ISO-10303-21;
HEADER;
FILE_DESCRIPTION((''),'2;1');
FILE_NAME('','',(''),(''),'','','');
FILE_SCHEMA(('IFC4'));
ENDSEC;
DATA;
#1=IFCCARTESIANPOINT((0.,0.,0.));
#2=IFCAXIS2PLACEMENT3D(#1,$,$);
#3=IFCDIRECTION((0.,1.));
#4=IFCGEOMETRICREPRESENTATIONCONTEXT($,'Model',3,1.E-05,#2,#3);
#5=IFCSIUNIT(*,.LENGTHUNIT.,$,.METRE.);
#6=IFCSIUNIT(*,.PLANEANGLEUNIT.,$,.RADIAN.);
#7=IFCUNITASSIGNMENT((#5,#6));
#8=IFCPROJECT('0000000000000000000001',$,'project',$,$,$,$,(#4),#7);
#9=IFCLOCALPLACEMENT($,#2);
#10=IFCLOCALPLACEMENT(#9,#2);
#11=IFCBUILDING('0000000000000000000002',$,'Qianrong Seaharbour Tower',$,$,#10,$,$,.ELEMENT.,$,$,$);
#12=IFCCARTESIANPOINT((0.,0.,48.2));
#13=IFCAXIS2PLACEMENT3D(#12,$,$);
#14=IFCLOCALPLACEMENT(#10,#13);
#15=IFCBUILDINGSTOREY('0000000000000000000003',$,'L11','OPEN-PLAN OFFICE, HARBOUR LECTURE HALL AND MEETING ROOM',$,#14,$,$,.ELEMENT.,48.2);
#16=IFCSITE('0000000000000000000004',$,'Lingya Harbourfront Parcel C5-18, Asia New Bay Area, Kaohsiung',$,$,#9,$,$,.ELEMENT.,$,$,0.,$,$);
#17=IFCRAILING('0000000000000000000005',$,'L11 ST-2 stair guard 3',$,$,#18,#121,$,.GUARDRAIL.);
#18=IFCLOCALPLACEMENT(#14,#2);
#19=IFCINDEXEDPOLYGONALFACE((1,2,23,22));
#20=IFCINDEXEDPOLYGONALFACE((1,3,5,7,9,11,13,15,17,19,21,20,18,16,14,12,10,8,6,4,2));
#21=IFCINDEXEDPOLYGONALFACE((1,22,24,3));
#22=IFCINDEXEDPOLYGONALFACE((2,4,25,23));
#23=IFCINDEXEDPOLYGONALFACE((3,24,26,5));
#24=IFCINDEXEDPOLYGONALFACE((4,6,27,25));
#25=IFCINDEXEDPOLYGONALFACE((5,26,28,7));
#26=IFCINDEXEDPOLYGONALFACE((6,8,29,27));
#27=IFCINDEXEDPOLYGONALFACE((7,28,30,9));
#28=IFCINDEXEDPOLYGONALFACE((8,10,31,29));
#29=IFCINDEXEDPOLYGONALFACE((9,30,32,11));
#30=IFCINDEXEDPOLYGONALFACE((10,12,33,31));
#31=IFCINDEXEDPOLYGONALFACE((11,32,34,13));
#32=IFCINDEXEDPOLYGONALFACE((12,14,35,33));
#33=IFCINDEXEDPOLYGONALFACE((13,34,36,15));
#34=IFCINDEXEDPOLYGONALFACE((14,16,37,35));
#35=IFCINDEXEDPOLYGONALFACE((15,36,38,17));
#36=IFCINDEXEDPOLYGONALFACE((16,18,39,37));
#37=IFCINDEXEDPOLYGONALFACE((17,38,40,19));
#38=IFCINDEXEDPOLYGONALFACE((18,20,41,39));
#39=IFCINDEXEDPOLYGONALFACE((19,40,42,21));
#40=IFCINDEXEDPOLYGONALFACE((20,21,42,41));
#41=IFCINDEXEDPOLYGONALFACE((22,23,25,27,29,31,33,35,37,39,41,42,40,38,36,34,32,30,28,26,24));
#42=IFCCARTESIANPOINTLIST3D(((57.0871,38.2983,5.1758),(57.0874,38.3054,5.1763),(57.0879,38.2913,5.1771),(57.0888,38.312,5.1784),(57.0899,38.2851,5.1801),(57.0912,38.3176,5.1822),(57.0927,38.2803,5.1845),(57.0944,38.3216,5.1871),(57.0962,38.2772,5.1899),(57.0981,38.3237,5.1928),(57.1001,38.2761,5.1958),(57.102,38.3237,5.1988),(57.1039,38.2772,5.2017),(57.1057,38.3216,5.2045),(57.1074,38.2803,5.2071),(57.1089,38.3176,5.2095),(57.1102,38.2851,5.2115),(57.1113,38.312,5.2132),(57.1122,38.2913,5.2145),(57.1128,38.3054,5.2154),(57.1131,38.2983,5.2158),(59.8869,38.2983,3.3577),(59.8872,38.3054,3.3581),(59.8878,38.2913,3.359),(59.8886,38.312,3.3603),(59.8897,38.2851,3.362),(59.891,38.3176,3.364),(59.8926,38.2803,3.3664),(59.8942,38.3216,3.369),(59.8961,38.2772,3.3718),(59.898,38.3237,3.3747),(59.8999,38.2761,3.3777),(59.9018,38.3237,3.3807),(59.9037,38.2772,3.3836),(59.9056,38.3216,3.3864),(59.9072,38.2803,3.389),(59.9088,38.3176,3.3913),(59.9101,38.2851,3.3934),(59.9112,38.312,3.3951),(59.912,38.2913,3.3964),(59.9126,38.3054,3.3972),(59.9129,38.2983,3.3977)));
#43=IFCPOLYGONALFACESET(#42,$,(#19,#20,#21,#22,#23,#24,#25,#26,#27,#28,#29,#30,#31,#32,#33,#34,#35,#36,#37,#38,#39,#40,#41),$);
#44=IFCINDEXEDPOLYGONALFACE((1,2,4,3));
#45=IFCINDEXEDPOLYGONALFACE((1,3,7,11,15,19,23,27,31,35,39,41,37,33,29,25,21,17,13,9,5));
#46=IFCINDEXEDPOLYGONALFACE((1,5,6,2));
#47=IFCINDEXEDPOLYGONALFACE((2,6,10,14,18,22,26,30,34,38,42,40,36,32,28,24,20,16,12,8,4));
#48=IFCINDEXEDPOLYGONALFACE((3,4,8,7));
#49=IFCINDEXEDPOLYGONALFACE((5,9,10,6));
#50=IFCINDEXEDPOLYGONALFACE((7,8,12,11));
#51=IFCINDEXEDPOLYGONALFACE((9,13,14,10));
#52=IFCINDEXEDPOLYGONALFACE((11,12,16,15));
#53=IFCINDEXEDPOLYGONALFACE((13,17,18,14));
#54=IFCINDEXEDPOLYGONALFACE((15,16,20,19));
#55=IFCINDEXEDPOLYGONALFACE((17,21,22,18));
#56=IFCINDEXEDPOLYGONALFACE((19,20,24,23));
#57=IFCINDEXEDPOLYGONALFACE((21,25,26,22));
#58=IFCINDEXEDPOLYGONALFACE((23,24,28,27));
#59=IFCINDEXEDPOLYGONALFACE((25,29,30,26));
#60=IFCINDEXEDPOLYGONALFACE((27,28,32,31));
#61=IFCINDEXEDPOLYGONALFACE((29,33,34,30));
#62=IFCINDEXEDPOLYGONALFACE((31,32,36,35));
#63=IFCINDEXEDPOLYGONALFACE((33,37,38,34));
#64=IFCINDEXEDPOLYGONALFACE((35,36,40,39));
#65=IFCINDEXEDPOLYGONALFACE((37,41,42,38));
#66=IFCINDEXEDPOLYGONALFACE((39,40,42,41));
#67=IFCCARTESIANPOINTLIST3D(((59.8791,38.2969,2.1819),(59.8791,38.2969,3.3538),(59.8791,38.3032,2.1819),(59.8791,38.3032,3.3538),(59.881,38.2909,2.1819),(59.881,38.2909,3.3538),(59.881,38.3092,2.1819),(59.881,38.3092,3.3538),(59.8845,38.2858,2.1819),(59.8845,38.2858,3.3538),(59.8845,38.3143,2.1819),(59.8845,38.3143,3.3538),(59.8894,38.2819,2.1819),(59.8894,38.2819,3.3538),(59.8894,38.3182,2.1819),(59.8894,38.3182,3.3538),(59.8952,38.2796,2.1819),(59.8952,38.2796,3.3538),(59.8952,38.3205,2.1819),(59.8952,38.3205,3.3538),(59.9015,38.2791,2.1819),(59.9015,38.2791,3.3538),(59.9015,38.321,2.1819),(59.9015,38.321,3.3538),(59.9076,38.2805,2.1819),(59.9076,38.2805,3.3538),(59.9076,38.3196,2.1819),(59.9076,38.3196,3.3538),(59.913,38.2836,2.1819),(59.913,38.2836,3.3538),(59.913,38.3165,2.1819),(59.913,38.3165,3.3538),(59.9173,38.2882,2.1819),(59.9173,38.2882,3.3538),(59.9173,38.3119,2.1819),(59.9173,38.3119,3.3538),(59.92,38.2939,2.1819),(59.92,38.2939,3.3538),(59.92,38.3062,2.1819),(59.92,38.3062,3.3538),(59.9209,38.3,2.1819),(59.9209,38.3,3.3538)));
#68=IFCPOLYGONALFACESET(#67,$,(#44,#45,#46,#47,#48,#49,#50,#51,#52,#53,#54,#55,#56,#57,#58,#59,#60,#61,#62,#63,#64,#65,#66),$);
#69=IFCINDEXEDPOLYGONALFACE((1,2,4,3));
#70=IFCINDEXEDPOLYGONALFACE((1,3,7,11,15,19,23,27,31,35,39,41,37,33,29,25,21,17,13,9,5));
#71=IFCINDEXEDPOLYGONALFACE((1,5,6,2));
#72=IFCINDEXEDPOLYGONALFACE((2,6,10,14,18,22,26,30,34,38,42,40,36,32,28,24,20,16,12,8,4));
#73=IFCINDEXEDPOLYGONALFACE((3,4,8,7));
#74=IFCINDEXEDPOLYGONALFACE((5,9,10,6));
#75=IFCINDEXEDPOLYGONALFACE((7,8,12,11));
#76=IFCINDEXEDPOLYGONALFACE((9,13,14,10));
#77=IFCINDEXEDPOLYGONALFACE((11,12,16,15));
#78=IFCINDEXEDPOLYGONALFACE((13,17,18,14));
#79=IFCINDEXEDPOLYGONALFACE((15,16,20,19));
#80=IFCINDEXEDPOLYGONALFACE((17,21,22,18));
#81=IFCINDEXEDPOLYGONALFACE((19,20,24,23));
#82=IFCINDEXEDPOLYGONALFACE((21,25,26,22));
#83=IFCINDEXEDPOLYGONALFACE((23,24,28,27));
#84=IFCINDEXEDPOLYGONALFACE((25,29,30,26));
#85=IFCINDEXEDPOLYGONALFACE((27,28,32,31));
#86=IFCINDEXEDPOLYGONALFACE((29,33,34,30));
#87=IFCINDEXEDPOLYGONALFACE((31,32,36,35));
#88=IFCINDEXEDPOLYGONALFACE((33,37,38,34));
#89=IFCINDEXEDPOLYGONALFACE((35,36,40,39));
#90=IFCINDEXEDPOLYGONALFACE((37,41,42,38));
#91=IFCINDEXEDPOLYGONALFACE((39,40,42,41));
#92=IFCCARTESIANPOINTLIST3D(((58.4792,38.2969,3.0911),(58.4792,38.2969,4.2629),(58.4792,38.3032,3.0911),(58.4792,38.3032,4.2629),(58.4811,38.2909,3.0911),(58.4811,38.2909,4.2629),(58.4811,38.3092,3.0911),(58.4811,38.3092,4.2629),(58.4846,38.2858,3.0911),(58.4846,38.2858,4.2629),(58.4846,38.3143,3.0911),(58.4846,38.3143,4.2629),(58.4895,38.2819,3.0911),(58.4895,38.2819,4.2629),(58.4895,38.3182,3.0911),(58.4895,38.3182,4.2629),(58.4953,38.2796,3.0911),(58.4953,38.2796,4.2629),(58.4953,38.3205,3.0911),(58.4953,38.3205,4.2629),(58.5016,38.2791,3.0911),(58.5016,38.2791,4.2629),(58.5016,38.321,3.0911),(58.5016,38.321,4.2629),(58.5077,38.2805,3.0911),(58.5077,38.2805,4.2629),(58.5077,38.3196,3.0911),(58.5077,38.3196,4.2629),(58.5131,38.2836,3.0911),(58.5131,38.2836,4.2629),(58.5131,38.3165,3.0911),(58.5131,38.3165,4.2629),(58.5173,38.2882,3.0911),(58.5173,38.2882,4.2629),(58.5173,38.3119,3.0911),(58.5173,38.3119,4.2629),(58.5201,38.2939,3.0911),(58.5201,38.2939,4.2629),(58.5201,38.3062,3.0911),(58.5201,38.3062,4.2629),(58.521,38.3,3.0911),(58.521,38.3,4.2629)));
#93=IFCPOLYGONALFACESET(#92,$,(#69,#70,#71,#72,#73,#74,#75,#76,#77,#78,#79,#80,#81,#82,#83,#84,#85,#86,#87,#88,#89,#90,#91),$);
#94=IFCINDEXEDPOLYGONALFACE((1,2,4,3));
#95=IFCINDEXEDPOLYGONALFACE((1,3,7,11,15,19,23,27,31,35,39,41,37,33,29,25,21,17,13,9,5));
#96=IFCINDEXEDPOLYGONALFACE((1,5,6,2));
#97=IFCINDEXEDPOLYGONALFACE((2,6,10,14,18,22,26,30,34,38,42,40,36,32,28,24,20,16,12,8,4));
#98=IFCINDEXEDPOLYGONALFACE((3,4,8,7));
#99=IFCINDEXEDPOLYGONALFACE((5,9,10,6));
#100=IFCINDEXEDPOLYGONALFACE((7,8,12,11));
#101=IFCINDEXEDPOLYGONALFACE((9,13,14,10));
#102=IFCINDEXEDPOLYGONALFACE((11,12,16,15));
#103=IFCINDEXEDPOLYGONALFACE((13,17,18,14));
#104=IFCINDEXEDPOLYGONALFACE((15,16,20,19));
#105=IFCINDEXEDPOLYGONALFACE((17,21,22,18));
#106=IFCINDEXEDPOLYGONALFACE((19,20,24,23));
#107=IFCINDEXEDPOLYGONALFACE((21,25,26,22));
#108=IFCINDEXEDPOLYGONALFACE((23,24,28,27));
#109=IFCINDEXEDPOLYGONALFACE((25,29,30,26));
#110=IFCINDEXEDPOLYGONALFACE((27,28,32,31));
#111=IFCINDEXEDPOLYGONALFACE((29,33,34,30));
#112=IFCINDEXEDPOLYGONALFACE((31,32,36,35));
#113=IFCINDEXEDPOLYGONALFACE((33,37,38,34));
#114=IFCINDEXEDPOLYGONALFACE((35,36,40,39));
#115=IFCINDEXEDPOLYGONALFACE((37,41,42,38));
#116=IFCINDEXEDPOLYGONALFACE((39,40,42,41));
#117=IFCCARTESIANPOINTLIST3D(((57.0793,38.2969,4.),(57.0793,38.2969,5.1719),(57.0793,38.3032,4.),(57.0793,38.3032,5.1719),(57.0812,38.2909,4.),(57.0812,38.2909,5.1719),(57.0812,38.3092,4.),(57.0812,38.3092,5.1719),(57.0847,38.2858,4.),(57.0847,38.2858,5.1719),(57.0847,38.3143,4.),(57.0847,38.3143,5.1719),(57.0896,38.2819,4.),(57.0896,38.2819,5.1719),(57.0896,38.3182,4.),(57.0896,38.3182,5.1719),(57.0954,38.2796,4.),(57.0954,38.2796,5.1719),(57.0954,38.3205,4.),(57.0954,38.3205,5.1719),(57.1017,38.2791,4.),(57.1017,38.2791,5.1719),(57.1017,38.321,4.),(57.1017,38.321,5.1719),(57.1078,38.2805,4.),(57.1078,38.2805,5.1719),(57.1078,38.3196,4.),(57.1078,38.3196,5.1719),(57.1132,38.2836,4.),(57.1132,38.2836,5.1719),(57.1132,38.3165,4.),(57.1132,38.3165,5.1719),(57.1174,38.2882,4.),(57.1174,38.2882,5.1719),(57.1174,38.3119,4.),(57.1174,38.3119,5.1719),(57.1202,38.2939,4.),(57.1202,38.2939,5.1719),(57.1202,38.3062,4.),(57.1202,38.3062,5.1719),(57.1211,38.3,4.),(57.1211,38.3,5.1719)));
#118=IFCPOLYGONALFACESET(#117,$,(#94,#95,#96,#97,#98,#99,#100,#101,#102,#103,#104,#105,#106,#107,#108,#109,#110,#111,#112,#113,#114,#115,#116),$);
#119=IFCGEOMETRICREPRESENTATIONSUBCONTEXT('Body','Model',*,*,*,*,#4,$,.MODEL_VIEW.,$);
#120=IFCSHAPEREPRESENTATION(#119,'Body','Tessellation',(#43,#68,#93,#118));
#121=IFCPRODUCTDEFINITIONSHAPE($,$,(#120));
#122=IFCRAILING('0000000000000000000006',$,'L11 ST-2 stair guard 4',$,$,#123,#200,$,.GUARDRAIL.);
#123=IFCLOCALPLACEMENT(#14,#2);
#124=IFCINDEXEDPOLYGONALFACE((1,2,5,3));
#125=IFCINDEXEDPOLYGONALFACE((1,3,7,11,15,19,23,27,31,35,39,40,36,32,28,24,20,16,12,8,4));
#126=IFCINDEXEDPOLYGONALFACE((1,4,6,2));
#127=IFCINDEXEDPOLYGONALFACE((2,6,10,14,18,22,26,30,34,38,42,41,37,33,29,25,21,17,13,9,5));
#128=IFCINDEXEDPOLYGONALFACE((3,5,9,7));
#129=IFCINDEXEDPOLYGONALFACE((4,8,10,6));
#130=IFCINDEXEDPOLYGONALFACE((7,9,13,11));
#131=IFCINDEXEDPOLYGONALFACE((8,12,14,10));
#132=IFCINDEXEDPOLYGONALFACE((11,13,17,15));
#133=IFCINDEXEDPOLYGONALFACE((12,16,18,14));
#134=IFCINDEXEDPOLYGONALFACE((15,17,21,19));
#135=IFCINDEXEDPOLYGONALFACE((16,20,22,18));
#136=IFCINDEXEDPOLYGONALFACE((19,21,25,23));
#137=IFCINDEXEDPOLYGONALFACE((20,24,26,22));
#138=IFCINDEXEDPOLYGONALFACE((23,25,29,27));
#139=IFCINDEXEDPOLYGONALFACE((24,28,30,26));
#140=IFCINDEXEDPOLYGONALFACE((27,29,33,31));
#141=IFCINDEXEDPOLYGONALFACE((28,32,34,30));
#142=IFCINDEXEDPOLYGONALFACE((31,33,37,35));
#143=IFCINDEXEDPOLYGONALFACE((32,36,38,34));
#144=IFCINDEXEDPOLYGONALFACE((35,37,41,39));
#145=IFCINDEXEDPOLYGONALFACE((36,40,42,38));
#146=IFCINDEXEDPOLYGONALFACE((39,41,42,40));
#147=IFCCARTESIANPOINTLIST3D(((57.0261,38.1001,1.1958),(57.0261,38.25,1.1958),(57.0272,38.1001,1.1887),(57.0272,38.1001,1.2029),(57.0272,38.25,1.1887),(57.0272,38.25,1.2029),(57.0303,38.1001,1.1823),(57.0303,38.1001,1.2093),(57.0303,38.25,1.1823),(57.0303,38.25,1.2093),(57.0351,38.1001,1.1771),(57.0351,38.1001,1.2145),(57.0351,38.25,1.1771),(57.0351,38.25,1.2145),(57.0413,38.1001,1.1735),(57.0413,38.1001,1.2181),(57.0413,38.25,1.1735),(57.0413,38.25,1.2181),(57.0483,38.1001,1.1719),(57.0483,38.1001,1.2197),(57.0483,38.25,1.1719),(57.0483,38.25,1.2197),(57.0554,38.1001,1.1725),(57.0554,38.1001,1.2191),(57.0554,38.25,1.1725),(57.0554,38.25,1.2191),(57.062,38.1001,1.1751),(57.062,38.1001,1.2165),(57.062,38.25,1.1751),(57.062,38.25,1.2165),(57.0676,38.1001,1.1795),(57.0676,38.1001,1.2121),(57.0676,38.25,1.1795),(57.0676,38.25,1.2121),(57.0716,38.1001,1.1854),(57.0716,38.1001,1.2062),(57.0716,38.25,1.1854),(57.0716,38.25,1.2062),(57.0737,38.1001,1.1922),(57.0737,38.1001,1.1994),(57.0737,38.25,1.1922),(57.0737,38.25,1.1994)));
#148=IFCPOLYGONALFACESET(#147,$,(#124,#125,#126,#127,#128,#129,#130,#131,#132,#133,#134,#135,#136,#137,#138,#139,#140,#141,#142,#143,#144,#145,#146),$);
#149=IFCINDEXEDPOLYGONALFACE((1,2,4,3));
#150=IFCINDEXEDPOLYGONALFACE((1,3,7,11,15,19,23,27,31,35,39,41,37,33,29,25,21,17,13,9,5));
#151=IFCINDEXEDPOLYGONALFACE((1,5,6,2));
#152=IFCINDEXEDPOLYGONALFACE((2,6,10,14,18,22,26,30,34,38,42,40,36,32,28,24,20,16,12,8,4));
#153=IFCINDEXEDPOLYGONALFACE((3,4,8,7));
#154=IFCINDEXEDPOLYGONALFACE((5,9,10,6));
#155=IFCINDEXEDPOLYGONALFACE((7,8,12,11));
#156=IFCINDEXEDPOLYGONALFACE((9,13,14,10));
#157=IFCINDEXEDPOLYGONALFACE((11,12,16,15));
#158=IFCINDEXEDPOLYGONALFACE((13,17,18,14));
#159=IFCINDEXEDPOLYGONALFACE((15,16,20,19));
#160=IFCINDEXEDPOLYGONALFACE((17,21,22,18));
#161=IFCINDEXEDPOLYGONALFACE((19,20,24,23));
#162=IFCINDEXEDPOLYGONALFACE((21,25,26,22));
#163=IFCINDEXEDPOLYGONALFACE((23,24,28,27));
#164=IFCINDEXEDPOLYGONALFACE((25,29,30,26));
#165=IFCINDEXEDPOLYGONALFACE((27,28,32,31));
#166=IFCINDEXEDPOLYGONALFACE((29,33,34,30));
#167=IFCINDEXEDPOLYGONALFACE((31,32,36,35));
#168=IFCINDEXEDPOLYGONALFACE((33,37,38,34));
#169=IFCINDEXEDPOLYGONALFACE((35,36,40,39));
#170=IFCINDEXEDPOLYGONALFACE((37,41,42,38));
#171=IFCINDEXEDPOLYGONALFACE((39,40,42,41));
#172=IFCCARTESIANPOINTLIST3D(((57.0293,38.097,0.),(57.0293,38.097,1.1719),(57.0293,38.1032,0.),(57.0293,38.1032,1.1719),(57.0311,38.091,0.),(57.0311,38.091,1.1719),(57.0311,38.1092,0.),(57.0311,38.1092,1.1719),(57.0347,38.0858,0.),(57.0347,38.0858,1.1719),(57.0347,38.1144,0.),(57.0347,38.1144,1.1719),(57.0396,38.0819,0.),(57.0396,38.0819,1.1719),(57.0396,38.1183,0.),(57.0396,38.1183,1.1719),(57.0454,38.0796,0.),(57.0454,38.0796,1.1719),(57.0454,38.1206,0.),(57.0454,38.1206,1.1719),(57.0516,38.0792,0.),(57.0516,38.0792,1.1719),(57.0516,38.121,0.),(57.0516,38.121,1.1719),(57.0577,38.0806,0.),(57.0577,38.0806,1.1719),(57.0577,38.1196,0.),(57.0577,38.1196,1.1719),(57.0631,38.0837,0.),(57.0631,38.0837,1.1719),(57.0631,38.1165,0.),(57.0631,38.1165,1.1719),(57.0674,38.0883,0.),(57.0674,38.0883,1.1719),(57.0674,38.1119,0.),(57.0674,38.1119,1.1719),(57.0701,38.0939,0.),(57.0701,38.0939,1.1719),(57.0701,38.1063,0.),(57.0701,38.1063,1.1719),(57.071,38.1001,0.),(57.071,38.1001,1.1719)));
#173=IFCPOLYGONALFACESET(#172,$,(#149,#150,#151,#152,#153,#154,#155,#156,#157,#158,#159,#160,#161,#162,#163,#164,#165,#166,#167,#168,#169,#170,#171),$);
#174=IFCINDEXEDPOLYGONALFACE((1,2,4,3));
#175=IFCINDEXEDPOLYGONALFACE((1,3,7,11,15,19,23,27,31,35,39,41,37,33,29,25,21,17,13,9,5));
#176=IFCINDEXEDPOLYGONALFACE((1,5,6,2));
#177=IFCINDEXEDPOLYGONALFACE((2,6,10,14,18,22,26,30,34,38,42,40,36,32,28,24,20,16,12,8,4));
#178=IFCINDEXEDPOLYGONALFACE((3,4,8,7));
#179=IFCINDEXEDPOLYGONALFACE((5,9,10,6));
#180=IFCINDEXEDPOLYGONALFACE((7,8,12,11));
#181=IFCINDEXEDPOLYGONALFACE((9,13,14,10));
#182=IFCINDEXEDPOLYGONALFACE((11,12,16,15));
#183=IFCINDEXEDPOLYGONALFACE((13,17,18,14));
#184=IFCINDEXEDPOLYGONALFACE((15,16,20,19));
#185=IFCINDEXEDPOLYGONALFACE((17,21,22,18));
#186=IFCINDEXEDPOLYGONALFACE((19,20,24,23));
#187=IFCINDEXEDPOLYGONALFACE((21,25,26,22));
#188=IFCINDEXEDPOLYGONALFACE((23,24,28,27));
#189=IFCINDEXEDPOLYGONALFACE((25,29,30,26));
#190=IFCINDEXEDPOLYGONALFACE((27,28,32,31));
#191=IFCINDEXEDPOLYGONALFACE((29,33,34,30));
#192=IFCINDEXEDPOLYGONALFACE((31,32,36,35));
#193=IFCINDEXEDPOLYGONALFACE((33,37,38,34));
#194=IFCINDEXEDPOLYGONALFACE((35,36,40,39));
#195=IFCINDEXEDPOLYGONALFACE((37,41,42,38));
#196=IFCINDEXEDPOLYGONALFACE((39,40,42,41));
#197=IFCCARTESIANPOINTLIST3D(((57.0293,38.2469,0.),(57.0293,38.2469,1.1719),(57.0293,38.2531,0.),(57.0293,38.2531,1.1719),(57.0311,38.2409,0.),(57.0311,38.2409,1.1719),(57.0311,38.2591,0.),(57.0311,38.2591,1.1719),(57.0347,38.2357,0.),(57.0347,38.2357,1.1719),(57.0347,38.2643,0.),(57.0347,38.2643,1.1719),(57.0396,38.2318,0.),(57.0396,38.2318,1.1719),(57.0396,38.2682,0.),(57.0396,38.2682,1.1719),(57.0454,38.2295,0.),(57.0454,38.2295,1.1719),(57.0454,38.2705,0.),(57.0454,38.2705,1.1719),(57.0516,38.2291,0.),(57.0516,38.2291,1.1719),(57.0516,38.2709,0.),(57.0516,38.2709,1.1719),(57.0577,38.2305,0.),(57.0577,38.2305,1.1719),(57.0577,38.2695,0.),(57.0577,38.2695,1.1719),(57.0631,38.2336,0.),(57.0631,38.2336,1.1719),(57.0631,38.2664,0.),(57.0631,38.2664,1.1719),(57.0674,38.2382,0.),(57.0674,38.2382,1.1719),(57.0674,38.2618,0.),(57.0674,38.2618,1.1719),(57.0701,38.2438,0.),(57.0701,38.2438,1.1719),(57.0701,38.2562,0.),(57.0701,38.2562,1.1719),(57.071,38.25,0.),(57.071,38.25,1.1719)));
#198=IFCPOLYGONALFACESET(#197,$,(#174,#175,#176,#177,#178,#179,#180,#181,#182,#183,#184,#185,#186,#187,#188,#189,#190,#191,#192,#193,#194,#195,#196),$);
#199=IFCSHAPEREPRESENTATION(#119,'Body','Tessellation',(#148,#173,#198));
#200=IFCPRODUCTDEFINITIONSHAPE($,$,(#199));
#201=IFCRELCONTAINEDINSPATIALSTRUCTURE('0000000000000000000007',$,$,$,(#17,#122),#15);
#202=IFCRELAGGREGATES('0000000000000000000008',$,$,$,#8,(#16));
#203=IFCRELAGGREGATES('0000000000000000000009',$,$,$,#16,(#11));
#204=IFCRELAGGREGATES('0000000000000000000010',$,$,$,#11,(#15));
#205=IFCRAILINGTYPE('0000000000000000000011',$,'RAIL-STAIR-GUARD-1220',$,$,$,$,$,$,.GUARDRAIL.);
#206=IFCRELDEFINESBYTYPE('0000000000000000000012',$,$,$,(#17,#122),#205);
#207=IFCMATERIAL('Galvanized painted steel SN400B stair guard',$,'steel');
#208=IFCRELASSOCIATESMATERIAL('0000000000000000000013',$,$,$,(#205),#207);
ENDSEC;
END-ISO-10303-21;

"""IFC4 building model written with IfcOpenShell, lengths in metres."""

from ifc_helpers import new_model, si_unit, direction, frame, origin, origin_2d, place, context, subcontext, project, spatial, circle, extrude, material, type_object, element, save


model = new_model("IFC4")

# Units and contexts
model_context = context("Model", 3, precision=1e-05, world=origin(), true_north=direction((0.0, 1.0)))
body_context = subcontext(model_context, "Body", "Model", "MODEL_VIEW")
ifc_project = project(units=[si_unit("LENGTHUNIT", "METRE"), si_unit("PLANEANGLEUNIT", "RADIAN")], contexts=[model_context])

# Site, building, storey
site_placement = place(None, origin())
site = spatial("IfcSite", under=ifc_project, at=site_placement, Name="Lingya Harbourfront Parcel C5-18, Asia New Bay Area, Kaohsiung", CompositionType="ELEMENT", RefElevation=0.0)
building_placement = place(site_placement, origin())
building = spatial("IfcBuilding", under=site, at=building_placement, Name="Qianrong Seaharbour Tower", CompositionType="ELEMENT")
storey_placement = place(building_placement, frame((0.0, 0.0, 48.2)))
storey = spatial("IfcBuildingStorey", under=building, at=storey_placement, Name="L11", Description="OPEN-PLAN OFFICE, HARBOUR LECTURE HALL AND MEETING ROOM", CompositionType="ELEMENT", Elevation=48.2)

# Railings
ifc_material_1 = material(Name="Galvanized painted steel SN400B stair guard", Category="steel")
railing_type_1 = type_object("IfcRailingType", Name="RAIL-STAIR-GUARD-1220", PredefinedType="GUARDRAIL", material=ifc_material_1)
railing_1_placement = place(storey_placement, frame((59.8999, 38.3, 2.1819)))
element("IfcRailing", 1, at=railing_1_placement, inside=storey, type_object=railing_type_1, Name="L11 ST-2 stair guard 3", PredefinedType="GUARDRAIL", context=body_context, shape_type="SweptSolid", body=[
    extrude(circle(Radius=0.0239, at=origin_2d()), frame((0.0, 0.0, 1.1958), z_axis=(-0.838684, 0.0, 0.544618), x_axis=(0.0, -1.0, 0.0)), (0.0, 0.0, 1.0), 3.3384),
    extrude(circle(Radius=0.021, at=origin_2d()), origin(), (0.0, 0.0, 1.0), 1.1719),
    extrude(circle(Radius=0.021, at=origin_2d()), frame((-1.3999, 0.0, 0.9092)), (0.0, 0.0, 1.0), 1.1719),
    extrude(circle(Radius=0.021, at=origin_2d()), frame((-2.7998, 0.0, 1.8181)), (0.0, 0.0, 1.0), 1.1719),
])
railing_2_placement = place(storey_placement, frame((57.05, 38.1001, 0.0)))
element("IfcRailing", 2, at=railing_2_placement, inside=storey, type_object=railing_type_1, Name="L11 ST-2 stair guard 4", PredefinedType="GUARDRAIL", context=body_context, shape_type="SweptSolid", body=[
    extrude(circle(Radius=0.0239, at=origin_2d()), frame((0.0, 0.0, 1.1958), z_axis=(0.0, 1.0, 0.0), x_axis=(-1.0, 0.0, 0.0)), (0.0, 0.0, 1.0), 0.1499),
    extrude(circle(Radius=0.021, at=origin_2d()), origin(), (0.0, 0.0, 1.0), 1.1719),
    extrude(circle(Radius=0.021, at=origin_2d()), frame((0.0, 0.1499, 0.0)), (0.0, 0.0, 1.0), 1.1719),
])

save(model, "model.ifc")
